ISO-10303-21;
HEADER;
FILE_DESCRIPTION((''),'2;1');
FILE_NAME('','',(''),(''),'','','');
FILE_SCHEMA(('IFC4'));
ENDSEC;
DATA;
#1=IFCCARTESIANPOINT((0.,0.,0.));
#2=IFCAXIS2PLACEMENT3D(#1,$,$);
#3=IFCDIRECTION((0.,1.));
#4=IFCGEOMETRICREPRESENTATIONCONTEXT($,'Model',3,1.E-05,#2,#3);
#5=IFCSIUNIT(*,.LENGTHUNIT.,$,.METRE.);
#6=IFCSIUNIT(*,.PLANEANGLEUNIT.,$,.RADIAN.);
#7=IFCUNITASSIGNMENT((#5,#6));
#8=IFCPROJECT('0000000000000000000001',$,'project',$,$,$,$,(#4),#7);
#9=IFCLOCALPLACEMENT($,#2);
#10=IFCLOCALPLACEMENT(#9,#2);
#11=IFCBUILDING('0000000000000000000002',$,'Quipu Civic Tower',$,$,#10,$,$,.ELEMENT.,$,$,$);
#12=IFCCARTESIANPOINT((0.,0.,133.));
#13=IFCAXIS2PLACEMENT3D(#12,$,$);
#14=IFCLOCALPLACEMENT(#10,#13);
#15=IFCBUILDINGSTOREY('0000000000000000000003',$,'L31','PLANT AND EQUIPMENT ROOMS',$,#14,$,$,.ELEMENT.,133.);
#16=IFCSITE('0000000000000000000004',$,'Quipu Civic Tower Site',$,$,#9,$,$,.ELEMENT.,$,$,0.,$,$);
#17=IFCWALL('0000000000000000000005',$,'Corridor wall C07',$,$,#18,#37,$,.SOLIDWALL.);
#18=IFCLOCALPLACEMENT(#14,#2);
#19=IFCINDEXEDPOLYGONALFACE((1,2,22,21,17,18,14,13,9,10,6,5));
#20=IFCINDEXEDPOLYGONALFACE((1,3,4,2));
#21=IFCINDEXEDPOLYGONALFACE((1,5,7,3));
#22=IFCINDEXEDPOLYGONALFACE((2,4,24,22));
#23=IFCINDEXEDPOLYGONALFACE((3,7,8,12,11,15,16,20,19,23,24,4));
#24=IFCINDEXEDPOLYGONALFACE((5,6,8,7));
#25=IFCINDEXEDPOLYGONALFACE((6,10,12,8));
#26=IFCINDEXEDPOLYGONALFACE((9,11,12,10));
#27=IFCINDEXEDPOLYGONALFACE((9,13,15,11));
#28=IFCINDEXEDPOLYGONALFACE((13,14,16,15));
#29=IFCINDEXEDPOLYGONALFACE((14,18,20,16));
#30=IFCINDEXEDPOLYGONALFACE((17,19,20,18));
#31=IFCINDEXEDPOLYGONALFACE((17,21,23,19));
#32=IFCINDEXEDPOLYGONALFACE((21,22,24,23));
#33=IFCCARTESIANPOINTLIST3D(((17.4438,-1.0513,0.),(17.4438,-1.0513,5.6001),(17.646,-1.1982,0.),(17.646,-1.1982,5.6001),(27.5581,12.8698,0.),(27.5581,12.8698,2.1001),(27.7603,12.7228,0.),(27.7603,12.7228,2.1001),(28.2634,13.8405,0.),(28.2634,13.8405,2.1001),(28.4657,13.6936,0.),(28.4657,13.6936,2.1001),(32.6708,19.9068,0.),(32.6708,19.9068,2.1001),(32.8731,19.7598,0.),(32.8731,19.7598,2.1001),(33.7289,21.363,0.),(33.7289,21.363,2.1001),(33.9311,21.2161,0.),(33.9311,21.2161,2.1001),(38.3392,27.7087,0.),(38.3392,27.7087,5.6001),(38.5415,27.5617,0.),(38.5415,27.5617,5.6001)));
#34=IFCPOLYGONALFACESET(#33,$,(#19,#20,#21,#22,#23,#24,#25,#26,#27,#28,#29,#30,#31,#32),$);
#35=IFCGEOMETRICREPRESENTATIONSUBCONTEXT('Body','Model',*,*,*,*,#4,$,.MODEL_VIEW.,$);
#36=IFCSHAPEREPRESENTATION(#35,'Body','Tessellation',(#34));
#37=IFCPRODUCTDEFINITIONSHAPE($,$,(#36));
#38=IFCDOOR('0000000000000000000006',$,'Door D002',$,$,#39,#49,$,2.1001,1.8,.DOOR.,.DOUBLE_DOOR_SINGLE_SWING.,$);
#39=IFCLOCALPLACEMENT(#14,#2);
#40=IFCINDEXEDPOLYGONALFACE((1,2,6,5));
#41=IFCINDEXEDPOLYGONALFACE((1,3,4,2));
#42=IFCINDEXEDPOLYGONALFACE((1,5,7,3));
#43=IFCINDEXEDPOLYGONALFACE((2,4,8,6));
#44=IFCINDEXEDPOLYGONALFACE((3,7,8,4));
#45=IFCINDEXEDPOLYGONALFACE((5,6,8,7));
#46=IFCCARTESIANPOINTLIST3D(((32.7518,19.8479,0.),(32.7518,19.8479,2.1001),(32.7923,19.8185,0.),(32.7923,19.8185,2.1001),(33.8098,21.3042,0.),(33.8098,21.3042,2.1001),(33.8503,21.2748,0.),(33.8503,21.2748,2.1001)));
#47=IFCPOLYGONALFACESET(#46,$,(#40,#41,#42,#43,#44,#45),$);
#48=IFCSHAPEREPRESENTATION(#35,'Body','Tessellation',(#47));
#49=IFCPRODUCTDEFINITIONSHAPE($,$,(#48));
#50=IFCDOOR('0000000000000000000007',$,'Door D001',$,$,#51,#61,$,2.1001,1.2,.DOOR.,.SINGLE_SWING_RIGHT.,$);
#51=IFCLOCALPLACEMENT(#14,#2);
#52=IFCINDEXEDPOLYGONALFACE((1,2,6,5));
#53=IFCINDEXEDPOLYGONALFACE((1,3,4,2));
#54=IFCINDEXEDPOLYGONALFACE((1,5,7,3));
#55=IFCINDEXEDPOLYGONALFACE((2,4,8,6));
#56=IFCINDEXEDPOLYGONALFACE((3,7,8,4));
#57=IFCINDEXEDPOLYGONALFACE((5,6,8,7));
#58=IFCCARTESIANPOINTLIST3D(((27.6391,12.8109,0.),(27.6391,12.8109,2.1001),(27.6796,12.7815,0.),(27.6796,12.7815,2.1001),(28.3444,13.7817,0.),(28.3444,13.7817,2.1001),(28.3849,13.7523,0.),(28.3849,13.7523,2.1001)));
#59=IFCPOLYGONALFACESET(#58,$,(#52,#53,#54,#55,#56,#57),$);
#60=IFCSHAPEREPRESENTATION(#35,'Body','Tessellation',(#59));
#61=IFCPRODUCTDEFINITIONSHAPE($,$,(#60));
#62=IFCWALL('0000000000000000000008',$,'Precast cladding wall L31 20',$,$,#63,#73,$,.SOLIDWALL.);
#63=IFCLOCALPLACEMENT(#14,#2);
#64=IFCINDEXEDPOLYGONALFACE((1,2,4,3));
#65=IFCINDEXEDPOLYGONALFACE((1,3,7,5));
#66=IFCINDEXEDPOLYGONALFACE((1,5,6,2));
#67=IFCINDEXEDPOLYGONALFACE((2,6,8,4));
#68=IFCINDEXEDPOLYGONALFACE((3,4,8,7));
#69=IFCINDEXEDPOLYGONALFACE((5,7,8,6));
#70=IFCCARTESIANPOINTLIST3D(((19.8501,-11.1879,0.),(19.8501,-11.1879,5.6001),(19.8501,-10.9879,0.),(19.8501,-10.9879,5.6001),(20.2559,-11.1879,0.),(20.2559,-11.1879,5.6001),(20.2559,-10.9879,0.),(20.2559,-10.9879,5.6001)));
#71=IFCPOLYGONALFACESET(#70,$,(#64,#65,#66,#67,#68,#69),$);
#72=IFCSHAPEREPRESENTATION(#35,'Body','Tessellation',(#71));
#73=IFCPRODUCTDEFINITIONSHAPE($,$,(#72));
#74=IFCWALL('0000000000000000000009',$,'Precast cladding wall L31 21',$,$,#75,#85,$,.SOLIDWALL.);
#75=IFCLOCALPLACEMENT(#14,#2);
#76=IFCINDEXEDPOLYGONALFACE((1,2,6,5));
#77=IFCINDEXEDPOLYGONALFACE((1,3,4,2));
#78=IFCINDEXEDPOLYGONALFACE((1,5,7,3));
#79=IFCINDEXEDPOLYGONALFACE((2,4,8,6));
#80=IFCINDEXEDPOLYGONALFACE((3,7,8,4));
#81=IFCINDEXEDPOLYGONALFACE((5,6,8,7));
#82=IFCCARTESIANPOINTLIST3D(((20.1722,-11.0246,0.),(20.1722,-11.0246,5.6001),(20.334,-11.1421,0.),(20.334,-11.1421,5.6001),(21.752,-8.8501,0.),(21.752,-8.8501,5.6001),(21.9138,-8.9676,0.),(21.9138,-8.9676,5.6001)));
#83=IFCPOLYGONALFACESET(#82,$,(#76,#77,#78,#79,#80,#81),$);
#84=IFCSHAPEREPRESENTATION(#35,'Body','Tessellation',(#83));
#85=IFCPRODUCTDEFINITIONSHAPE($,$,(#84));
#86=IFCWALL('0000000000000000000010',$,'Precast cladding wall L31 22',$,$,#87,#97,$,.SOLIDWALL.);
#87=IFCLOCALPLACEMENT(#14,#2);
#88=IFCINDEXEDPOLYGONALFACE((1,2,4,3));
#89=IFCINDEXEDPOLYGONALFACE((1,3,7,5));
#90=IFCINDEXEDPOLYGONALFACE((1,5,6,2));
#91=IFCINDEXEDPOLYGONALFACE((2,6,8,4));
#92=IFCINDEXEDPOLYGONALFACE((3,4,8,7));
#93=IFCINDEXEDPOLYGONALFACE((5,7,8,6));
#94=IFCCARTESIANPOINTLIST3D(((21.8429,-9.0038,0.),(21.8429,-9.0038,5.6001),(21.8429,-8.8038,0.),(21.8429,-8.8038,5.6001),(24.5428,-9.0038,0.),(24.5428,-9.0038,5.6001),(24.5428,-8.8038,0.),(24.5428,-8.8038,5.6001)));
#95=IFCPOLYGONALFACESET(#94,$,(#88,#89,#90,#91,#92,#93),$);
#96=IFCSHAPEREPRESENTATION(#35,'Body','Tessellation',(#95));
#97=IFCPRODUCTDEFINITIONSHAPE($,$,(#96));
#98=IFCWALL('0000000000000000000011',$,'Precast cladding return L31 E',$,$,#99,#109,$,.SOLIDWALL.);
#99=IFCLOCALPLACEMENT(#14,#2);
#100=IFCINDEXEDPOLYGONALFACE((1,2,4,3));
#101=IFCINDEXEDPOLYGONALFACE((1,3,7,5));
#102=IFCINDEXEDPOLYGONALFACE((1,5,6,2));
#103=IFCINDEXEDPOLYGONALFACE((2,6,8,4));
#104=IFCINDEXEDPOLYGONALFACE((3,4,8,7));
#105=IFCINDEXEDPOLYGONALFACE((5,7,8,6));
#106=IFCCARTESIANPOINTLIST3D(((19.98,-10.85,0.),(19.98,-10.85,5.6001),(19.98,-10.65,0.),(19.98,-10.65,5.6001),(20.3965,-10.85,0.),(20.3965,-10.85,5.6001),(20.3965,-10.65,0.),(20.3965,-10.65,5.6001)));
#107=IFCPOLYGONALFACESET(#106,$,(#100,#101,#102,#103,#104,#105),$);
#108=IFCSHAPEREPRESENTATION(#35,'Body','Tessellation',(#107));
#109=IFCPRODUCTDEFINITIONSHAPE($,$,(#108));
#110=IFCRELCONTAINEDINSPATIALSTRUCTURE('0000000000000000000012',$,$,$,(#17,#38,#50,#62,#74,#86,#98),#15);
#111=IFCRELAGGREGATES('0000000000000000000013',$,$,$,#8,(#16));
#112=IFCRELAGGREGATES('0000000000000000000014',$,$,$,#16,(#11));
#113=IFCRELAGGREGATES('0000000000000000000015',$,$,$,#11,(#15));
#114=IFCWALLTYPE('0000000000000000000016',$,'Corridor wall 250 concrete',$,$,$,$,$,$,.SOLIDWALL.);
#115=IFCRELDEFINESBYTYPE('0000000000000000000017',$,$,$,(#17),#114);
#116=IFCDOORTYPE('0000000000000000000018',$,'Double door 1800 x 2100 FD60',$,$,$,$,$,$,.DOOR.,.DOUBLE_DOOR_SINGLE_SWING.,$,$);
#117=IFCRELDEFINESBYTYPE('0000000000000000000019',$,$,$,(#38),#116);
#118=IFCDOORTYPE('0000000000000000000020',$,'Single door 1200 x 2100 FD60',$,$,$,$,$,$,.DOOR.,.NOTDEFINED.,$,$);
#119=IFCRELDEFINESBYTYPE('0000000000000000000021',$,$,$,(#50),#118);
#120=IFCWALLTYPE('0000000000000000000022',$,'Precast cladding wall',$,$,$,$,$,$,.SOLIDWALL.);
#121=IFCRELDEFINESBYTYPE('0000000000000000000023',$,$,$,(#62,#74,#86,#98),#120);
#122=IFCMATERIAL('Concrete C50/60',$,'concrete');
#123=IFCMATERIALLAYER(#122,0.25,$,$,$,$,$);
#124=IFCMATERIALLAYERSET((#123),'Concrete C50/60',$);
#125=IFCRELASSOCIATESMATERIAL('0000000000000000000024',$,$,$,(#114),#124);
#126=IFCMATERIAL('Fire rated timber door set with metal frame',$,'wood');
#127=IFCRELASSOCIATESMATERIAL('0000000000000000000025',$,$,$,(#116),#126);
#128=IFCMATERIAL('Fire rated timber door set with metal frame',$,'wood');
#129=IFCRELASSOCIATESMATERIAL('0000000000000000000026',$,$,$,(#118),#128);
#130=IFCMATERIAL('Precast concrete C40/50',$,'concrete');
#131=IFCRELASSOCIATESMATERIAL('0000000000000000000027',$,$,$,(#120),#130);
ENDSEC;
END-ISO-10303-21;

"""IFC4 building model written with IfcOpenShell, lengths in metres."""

from ifc_helpers import new_model, si_unit, direction, frame, frame_2d, origin, place, context, subcontext, project, spatial, rectangle, extrude, material, layer, layer_set, type_object, element, fill, save


model = new_model("IFC4")

# Units and contexts
model_context = context("Model", 3, precision=1e-05, world=origin(), true_north=direction((0.0, 1.0)))
body_context = subcontext(model_context, "Body", "Model", "MODEL_VIEW")
ifc_project = project(units=[si_unit("LENGTHUNIT", "METRE"), si_unit("PLANEANGLEUNIT", "RADIAN")], contexts=[model_context])

# Site, building, storey
site_placement = place(None, origin())
site = spatial("IfcSite", under=ifc_project, at=site_placement, Name="Quipu Civic Tower Site", CompositionType="ELEMENT", RefElevation=0.0)
building_placement = place(site_placement, origin())
building = spatial("IfcBuilding", under=site, at=building_placement, Name="Quipu Civic Tower", CompositionType="ELEMENT")
storey_placement = place(building_placement, frame((0.0, 0.0, 133.0)))
storey = spatial("IfcBuildingStorey", under=building, at=storey_placement, Name="L31", Description="PLANT AND EQUIPMENT ROOMS", CompositionType="ELEMENT", Elevation=133.0)

# Wall, openings, doors
ifc_material_1 = material(Name="Concrete C50/60", Category="concrete")
ifc_layer_1 = layer(ifc_material_1, 0.25)
ifc_layer_set_1 = layer_set([ifc_layer_1], Name="Concrete C50/60")
wall_type_1 = type_object("IfcWallType", Name="Corridor wall 250 concrete", PredefinedType="SOLIDWALL", material=ifc_layer_set_1)
wall_1_placement = place(storey_placement, frame((17.5449, -1.1248, 0.0), z_axis=(0.0, 0.0, 1.0), x_axis=(0.587788, 0.809015, 0.0)))
wall_1 = element("IfcWall", 1, at=wall_1_placement, inside=storey, type_object=wall_type_1, Name="Corridor wall C07", PredefinedType="SOLIDWALL", context=body_context, shape_type="SweptSolid", body=[
    extrude(rectangle(XDim=35.5493, YDim=0.25, at=frame_2d((17.7747, 0.0))), origin(), (0.0, 0.0, 1.0), 5.6001),
])
opening_1_placement = place(wall_1_placement, frame((17.2073, 0.0, 0.0)))
opening_1 = element("IfcOpeningElement", 2, at=opening_1_placement, cuts=wall_1, PredefinedType="OPENING", context=body_context, shape_type="SweptSolid", body=[
    extrude(rectangle(XDim=1.2, YDim=2.1001, at=frame_2d((0.6001, 1.05))), frame((0.0, 0.135, 0.0), z_axis=(0.0, -1.0, 0.0), x_axis=(1.0, 0.0, 0.0)), (0.0, 0.0, 1.0), 0.27),
])
opening_2_placement = place(wall_1_placement, frame((25.9058, 0.0, 0.0)))
opening_2 = element("IfcOpeningElement", 3, at=opening_2_placement, cuts=wall_1, PredefinedType="OPENING", context=body_context, shape_type="SweptSolid", body=[
    extrude(rectangle(XDim=1.8, YDim=2.1001, at=frame_2d((0.8999, 1.05))), frame((0.0, 0.135, 0.0), z_axis=(0.0, -1.0, 0.0), x_axis=(1.0, 0.0, 0.0)), (0.0, 0.0, 1.0), 0.27),
])
ifc_material_2 = material(Name="Fire rated timber door set with metal frame", Category="wood")
door_type_1 = type_object("IfcDoorType", Name="Double door 1800 x 2100 FD60", OperationType="DOUBLE_DOOR_SINGLE_SWING", PredefinedType="DOOR", material=ifc_material_2)
door_1_placement = place(opening_2_placement, origin())
door_1 = element("IfcDoor", 4, at=door_1_placement, inside=storey, type_object=door_type_1, Name="Door D002", OperationType="DOUBLE_DOOR_SINGLE_SWING", OverallHeight=2.1001, OverallWidth=1.8, PredefinedType="DOOR", context=body_context, shape_type="SweptSolid", body=[
    extrude(rectangle(XDim=1.8, YDim=2.1001, at=frame_2d((0.8999, 1.05))), frame((0.0, 0.0249, 0.0), z_axis=(0.0, -1.0, 0.0), x_axis=(1.0, 0.0, 0.0)), (0.0, 0.0, 1.0), 0.05),
])
fill(opening_2, door_1)
ifc_material_3 = material(Name="Fire rated timber door set with metal frame", Category="wood")
door_type_2 = type_object("IfcDoorType", Name="Single door 1200 x 2100 FD60", OperationType="NOTDEFINED", PredefinedType="DOOR", material=ifc_material_3)
door_2_placement = place(opening_1_placement, origin())
door_2 = element("IfcDoor", 5, at=door_2_placement, inside=storey, type_object=door_type_2, Name="Door D001", OperationType="SINGLE_SWING_RIGHT", OverallHeight=2.1001, OverallWidth=1.2, PredefinedType="DOOR", context=body_context, shape_type="SweptSolid", body=[
    extrude(rectangle(XDim=1.2, YDim=2.1001, at=frame_2d((0.6001, 1.05))), frame((0.0, 0.0249, 0.0), z_axis=(0.0, -1.0, 0.0), x_axis=(1.0, 0.0, 0.0)), (0.0, 0.0, 1.0), 0.05),
])
fill(opening_1, door_2)

# Walls
ifc_material_4 = material(Name="Precast concrete C40/50", Category="concrete")
wall_type_2 = type_object("IfcWallType", Name="Precast cladding wall", PredefinedType="SOLIDWALL", material=ifc_material_4)
wall_2_placement = place(storey_placement, frame((19.8501, -11.0879, 0.0), z_axis=(0.0, 0.0, 1.0), x_axis=(1.0, 0.0, 0.0)))
element("IfcWall", 6, at=wall_2_placement, inside=storey, type_object=wall_type_2, Name="Precast cladding wall L31 20", PredefinedType="SOLIDWALL", context=body_context, shape_type="SweptSolid", body=[
    extrude(rectangle(XDim=0.4058, YDim=0.2, at=frame_2d((0.2029, 0.0))), origin(), (0.0, 0.0, 1.0), 5.6001),
])
wall_3_placement = place(storey_placement, frame((20.2532, -11.0833, 0.0), z_axis=(0.0, 0.0, 1.0), x_axis=(0.587767, 0.809031, 0.0)))
element("IfcWall", 7, at=wall_3_placement, inside=storey, type_object=wall_type_2, Name="Precast cladding wall L31 21", PredefinedType="SOLIDWALL", context=body_context, shape_type="SweptSolid", body=[
    extrude(rectangle(XDim=2.6877, YDim=0.2, at=frame_2d((1.3438, 0.0))), origin(), (0.0, 0.0, 1.0), 5.6001),
])
wall_4_placement = place(storey_placement, frame((21.8428, -8.9038, 0.0), z_axis=(0.0, 0.0, 1.0), x_axis=(1.0, 0.0, 0.0)))
element("IfcWall", 8, at=wall_4_placement, inside=storey, type_object=wall_type_2, Name="Precast cladding wall L31 22", PredefinedType="SOLIDWALL", context=body_context, shape_type="SweptSolid", body=[
    extrude(rectangle(XDim=2.7, YDim=0.2, at=frame_2d((1.3501, 0.0))), origin(), (0.0, 0.0, 1.0), 5.6001),
])
wall_5_placement = place(storey_placement, frame((19.98, -10.75, 0.0), z_axis=(0.0, 0.0, 1.0), x_axis=(1.0, 0.0, 0.0)))
element("IfcWall", 9, at=wall_5_placement, inside=storey, type_object=wall_type_2, Name="Precast cladding return L31 E", PredefinedType="SOLIDWALL", context=body_context, shape_type="SweptSolid", body=[
    extrude(rectangle(XDim=0.4165, YDim=0.2, at=frame_2d((0.2083, 0.0))), origin(), (0.0, 0.0, 1.0), 5.6001),
])

save(model, "model.ifc")
